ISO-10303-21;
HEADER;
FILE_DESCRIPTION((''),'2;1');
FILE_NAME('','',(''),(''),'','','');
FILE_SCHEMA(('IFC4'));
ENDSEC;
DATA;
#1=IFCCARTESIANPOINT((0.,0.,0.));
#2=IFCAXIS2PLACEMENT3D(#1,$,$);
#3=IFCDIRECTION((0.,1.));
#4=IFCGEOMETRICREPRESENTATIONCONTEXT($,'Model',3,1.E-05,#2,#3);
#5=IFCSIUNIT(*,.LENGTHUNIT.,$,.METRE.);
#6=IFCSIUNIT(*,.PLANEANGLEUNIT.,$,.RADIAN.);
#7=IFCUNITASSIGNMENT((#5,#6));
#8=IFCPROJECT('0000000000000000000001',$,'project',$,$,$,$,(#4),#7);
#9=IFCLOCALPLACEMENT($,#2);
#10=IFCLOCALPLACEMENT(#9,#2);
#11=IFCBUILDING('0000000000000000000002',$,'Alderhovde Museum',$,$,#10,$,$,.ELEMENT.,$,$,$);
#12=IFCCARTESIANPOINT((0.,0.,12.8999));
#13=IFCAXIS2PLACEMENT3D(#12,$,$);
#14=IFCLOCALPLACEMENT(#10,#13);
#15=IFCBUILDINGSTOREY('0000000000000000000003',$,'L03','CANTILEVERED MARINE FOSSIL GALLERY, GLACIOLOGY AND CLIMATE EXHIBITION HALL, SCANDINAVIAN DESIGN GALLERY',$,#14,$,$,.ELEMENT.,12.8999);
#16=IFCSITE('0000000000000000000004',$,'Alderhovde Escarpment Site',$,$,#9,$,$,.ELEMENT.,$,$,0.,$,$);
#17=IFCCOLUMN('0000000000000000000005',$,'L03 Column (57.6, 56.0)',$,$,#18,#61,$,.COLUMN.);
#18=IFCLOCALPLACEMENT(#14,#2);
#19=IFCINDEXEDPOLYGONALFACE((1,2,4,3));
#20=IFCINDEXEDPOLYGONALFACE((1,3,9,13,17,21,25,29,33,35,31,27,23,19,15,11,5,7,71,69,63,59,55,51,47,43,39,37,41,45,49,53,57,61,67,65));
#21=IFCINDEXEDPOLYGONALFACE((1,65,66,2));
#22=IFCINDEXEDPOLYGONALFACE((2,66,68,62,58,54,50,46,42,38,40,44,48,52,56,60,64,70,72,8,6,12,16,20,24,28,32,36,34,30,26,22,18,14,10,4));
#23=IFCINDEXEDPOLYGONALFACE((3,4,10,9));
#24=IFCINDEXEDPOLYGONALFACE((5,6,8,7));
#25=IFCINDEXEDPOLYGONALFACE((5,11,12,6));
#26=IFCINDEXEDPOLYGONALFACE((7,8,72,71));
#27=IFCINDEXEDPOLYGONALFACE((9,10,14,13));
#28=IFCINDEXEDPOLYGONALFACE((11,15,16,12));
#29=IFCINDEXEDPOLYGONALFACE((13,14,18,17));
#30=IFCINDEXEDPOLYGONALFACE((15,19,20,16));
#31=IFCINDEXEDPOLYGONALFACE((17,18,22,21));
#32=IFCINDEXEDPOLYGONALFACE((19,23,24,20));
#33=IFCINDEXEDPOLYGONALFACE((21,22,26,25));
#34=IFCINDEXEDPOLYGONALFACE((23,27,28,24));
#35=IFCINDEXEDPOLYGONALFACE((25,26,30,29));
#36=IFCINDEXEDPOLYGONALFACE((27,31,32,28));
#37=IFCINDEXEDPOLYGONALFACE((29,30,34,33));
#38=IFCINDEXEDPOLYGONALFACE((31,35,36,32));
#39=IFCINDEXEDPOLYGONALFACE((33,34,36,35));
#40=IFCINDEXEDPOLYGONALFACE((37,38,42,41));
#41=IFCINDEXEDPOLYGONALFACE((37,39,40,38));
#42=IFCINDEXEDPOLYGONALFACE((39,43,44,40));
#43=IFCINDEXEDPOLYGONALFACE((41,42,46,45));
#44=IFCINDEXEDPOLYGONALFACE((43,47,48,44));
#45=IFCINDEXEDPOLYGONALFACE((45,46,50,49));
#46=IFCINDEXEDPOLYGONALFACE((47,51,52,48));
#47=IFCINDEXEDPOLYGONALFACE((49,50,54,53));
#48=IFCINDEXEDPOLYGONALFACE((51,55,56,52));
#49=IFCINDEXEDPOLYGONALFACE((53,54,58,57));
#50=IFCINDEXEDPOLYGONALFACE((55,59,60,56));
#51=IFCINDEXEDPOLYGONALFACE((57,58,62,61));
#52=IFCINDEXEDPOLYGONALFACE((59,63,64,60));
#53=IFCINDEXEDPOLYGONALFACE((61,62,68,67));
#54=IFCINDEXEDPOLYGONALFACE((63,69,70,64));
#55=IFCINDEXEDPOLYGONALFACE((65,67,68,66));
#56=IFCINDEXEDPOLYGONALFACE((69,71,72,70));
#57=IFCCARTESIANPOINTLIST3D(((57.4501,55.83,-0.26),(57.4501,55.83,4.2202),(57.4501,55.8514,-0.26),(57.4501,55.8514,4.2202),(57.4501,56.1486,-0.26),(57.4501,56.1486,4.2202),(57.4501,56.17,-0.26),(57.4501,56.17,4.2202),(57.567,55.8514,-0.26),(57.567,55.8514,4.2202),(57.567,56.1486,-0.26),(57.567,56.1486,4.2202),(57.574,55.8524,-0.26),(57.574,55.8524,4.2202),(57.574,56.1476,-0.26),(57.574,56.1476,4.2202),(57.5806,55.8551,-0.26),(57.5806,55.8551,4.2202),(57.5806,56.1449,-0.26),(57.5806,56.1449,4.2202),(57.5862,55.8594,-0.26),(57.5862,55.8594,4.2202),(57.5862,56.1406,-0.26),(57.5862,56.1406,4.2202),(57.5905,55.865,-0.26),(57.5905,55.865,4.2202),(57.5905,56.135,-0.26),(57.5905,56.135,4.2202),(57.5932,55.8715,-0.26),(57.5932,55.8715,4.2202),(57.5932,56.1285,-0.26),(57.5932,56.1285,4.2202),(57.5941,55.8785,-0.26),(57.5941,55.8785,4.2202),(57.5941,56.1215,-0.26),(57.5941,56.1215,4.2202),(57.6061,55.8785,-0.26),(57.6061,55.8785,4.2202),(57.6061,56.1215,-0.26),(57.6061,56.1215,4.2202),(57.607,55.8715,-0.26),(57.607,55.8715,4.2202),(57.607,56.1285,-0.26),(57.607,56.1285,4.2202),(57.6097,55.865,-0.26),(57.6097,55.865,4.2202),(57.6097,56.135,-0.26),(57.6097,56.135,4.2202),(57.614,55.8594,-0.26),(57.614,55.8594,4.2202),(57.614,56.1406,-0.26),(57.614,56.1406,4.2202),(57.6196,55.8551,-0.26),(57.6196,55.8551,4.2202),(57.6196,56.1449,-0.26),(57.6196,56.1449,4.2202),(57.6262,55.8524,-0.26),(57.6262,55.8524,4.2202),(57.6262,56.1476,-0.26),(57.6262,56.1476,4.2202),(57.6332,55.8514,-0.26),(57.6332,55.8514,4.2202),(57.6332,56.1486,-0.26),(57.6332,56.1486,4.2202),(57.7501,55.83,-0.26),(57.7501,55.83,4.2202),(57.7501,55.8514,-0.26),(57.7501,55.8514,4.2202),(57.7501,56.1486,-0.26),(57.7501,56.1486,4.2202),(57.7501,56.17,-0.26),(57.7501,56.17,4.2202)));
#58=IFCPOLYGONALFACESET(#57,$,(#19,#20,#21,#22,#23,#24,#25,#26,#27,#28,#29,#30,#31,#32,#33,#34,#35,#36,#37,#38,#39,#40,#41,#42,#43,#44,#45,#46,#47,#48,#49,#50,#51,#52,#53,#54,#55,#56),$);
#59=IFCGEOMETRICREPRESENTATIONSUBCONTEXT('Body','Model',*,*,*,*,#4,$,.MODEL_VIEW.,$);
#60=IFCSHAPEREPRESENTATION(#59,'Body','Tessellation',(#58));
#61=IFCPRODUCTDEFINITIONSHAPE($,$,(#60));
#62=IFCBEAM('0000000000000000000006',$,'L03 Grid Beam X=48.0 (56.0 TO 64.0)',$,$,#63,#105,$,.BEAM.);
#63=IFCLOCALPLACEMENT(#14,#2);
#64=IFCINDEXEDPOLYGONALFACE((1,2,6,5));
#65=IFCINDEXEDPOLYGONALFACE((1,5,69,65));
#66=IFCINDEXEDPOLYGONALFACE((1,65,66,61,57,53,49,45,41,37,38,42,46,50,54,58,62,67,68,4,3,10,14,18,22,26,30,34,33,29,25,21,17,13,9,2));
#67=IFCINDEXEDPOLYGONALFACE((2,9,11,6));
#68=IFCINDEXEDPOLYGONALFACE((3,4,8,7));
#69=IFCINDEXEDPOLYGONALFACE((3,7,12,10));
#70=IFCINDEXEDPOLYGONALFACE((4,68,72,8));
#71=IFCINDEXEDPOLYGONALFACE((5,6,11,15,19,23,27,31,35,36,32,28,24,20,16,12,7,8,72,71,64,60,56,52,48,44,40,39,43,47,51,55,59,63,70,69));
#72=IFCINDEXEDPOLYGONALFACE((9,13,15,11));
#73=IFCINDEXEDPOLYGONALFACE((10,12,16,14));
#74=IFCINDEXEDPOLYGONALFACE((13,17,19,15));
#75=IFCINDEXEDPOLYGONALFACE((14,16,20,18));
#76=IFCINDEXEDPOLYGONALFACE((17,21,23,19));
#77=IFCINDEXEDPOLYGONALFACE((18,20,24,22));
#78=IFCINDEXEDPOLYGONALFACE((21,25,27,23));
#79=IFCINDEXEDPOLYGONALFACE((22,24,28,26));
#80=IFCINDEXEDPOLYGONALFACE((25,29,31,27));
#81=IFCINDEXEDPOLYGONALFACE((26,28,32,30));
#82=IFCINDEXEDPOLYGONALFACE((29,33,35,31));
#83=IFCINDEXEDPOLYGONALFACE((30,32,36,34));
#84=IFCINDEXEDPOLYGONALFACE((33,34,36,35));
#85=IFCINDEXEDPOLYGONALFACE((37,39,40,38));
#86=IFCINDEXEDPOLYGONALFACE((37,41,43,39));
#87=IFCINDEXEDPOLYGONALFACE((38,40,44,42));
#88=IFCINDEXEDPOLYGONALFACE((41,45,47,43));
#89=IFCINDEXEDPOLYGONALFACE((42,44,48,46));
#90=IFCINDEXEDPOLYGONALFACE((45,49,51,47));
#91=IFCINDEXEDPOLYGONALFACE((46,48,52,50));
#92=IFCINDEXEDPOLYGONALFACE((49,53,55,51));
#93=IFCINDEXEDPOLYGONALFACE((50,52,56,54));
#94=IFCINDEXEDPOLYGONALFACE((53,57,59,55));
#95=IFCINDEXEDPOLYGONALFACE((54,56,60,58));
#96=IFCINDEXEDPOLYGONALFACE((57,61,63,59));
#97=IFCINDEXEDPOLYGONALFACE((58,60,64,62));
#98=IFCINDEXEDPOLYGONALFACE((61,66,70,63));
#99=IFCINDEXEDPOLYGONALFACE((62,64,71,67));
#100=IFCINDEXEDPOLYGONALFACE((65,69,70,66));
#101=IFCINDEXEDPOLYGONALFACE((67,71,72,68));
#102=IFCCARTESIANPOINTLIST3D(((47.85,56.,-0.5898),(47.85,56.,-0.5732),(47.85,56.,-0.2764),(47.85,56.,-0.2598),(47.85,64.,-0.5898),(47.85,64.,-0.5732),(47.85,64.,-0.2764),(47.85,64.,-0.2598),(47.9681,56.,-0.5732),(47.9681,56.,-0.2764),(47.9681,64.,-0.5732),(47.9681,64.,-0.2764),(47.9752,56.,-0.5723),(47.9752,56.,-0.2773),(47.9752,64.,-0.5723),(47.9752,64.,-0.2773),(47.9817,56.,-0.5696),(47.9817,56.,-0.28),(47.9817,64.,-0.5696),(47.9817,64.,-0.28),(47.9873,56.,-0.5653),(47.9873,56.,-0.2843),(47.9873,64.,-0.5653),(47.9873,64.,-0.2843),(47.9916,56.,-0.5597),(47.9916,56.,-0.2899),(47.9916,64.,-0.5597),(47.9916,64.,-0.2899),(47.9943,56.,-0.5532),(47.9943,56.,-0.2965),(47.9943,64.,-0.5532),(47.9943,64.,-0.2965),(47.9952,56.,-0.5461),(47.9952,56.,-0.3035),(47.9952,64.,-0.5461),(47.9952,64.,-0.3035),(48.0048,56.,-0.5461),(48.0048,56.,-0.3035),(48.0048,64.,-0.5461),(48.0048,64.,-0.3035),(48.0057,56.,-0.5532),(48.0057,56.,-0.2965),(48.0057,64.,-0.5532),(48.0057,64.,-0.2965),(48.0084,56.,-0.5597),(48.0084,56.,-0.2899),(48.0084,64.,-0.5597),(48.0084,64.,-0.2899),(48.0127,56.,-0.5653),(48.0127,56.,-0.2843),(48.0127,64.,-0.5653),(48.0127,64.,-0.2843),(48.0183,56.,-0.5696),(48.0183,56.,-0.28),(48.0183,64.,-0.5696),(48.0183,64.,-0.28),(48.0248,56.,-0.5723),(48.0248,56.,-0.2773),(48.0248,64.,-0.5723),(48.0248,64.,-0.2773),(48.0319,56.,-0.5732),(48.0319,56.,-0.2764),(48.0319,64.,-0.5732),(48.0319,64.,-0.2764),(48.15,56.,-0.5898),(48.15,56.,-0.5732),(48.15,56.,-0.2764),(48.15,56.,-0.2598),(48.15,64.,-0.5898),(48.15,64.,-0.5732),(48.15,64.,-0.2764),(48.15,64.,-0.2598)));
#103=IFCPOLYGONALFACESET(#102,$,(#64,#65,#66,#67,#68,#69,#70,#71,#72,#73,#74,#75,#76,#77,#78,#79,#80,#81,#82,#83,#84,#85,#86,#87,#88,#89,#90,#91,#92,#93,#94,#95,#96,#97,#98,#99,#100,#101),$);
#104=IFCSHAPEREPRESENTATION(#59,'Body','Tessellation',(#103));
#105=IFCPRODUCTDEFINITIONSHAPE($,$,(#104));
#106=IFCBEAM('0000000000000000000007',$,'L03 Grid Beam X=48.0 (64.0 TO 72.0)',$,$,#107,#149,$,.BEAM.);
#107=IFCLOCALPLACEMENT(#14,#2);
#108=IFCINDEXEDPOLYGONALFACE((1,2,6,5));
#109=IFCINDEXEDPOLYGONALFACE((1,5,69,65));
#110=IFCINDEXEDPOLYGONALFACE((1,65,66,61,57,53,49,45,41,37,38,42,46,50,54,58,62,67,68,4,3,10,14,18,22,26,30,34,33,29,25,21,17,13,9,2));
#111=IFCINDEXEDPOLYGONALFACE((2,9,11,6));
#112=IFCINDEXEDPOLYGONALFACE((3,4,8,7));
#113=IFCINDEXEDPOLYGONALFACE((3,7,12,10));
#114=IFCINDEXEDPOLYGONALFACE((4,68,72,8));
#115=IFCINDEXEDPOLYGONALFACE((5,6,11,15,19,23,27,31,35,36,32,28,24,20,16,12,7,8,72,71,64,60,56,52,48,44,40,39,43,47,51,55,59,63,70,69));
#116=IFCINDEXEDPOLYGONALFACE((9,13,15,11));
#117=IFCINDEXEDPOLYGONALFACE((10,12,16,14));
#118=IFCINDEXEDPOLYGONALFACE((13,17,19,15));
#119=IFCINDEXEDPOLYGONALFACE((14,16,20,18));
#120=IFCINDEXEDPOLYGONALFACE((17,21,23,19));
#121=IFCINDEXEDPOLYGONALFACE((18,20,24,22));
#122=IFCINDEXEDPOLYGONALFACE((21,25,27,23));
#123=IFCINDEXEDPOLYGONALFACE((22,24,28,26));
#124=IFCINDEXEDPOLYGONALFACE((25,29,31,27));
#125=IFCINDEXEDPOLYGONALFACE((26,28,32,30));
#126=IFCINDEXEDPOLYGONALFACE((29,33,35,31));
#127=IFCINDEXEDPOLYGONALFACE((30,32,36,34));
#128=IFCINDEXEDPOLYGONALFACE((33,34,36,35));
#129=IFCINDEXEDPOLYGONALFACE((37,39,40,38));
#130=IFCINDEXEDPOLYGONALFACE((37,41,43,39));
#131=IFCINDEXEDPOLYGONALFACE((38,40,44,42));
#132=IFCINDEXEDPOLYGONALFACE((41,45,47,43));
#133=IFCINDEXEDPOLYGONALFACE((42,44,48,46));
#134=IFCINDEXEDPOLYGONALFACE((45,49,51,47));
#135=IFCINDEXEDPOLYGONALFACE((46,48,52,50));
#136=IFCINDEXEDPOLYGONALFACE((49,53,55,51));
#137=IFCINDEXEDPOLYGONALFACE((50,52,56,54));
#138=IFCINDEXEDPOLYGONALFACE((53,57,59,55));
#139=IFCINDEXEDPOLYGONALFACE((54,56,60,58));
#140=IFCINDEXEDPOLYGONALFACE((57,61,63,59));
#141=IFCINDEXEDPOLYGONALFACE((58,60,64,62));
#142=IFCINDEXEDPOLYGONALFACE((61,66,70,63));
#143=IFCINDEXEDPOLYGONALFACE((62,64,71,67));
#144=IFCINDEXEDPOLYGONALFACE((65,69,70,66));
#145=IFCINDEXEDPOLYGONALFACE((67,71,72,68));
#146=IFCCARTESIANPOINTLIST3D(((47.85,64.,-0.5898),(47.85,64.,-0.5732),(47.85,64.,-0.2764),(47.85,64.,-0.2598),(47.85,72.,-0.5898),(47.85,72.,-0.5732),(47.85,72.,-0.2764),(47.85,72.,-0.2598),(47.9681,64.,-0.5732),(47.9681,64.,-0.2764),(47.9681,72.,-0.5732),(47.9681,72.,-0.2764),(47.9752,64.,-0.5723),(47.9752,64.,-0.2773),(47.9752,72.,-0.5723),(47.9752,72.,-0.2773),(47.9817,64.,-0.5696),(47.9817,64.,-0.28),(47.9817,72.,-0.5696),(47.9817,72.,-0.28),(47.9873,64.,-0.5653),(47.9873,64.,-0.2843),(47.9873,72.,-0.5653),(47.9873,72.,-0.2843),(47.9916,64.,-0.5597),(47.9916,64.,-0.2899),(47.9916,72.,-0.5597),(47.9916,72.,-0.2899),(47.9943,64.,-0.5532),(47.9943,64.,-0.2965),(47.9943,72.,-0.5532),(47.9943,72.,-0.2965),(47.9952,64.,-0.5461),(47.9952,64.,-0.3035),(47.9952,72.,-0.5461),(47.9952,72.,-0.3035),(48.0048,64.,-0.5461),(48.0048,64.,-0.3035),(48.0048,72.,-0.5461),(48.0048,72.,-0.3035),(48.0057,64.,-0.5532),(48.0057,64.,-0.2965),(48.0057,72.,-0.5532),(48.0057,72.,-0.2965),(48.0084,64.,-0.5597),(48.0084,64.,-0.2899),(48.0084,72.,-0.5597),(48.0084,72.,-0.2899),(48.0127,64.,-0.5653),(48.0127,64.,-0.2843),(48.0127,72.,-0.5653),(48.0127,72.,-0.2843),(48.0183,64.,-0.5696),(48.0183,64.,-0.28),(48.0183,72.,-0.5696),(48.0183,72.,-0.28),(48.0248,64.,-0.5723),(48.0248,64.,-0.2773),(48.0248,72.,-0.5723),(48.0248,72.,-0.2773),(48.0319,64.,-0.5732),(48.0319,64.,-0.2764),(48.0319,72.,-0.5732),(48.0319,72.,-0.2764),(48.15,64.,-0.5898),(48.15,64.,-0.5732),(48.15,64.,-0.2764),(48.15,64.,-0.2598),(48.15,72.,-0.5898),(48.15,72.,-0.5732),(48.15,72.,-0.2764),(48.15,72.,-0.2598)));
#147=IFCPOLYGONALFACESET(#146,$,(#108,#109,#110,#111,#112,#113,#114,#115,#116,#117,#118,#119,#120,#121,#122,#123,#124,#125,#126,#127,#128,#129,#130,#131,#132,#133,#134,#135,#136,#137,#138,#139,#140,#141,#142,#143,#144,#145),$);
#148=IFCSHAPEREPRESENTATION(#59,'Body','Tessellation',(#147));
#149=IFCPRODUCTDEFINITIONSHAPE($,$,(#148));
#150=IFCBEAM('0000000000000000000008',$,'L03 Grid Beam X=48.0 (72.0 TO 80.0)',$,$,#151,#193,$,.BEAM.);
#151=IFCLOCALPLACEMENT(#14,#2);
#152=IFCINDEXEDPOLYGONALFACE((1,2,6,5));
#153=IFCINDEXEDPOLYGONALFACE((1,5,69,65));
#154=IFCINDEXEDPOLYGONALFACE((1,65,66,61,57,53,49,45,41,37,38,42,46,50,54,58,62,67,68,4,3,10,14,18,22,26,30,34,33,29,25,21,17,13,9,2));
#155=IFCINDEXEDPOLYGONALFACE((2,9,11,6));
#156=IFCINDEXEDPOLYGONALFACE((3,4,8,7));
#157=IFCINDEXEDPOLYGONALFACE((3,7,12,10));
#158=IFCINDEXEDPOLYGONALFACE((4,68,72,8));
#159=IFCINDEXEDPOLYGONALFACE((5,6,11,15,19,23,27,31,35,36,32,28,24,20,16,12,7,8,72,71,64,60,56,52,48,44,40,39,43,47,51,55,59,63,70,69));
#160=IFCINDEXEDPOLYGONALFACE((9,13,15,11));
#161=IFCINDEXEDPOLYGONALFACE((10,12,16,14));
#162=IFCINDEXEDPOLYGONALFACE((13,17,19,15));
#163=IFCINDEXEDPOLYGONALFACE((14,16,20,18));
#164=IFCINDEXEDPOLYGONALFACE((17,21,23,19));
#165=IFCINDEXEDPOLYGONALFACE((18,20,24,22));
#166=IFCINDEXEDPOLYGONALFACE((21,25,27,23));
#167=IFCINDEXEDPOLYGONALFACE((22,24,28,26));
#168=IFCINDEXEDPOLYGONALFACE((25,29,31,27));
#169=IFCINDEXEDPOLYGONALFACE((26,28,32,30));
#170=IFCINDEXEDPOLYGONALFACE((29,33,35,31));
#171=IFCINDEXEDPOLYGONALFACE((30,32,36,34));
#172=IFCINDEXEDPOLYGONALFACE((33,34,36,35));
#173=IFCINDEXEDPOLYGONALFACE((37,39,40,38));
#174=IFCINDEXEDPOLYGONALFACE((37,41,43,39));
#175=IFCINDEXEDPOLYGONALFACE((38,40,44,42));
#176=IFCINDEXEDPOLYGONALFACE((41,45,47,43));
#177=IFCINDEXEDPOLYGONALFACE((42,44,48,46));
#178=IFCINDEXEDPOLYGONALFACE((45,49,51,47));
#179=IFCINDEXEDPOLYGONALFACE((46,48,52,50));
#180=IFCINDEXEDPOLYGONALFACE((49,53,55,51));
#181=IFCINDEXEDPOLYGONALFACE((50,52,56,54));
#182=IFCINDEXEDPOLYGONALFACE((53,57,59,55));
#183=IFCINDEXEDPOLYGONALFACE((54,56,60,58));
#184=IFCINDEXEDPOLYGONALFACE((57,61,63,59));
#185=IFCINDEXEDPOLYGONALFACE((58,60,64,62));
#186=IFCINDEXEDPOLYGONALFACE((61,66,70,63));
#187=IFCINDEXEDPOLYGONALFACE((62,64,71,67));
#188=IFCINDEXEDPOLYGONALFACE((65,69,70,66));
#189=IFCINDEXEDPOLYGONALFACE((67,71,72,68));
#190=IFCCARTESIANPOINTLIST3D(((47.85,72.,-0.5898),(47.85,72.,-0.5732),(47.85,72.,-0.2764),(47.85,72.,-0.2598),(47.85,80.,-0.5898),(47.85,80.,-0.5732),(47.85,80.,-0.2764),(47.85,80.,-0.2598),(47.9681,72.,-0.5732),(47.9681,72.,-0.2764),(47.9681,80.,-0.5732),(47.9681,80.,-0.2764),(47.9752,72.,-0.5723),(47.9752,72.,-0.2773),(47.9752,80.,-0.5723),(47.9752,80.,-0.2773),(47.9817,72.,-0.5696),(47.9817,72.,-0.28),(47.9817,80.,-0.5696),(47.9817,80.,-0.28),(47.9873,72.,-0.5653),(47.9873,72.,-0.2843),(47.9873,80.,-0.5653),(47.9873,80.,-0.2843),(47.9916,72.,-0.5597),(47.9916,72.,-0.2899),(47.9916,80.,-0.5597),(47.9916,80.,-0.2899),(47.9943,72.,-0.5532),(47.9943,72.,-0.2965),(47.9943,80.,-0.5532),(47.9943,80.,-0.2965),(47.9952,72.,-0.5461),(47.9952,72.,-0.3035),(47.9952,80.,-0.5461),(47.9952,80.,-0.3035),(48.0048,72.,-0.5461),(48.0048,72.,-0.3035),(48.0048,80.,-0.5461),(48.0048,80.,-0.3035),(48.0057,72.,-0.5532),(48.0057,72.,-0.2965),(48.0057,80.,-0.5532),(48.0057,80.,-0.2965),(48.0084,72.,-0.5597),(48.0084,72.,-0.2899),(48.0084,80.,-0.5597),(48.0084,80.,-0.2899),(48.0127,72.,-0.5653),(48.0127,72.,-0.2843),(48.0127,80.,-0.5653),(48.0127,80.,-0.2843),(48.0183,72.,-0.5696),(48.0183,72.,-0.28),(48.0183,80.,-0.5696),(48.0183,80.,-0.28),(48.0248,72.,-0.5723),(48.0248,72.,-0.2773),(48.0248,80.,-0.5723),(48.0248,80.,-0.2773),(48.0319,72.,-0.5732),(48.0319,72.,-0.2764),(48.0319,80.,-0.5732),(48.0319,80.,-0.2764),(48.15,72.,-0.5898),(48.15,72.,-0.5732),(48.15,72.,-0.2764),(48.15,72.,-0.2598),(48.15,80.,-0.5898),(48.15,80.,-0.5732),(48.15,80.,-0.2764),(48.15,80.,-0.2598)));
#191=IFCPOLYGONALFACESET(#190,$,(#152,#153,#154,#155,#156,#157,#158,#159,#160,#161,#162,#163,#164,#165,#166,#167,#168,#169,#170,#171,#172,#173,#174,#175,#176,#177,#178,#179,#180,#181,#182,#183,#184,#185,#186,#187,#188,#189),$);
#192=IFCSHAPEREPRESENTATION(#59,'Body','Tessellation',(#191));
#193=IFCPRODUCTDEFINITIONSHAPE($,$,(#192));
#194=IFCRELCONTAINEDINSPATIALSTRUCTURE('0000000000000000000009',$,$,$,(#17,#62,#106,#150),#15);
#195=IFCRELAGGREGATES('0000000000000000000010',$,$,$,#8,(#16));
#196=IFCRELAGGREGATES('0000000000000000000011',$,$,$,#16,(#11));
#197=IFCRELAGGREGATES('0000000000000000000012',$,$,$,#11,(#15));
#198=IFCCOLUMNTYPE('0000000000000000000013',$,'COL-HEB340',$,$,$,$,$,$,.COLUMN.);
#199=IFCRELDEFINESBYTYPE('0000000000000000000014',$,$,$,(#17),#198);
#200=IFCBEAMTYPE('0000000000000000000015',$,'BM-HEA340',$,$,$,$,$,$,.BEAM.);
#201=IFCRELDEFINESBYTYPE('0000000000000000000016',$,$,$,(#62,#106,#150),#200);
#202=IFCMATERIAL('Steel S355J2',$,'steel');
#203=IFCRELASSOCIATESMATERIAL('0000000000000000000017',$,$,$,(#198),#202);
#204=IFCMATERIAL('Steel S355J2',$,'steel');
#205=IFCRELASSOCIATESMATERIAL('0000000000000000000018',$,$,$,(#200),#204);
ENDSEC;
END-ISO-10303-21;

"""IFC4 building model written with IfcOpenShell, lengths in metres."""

from ifc_helpers import new_model, si_unit, direction, frame, origin, origin_2d, place, context, subcontext, project, spatial, i_section, extrude, material, material_profile, profile_set, type_object, element, save


model = new_model("IFC4")

# Units and contexts
model_context = context("Model", 3, precision=1e-05, world=origin(), true_north=direction((0.0, 1.0)))
body_context = subcontext(model_context, "Body", "Model", "MODEL_VIEW")
ifc_project = project(units=[si_unit("LENGTHUNIT", "METRE"), si_unit("PLANEANGLEUNIT", "RADIAN")], contexts=[model_context])

# Site, building, storey
site_placement = place(None, origin())
site = spatial("IfcSite", under=ifc_project, at=site_placement, Name="Alderhovde Escarpment Site", CompositionType="ELEMENT", RefElevation=0.0)
building_placement = place(site_placement, origin())
building = spatial("IfcBuilding", under=site, at=building_placement, Name="Alderhovde Museum", CompositionType="ELEMENT")
storey_placement = place(building_placement, frame((0.0, 0.0, 12.8999)))
storey = spatial("IfcBuildingStorey", under=building, at=storey_placement, Name="L03", Description="CANTILEVERED MARINE FOSSIL GALLERY, GLACIOLOGY AND CLIMATE EXHIBITION HALL, SCANDINAVIAN DESIGN GALLERY", CompositionType="ELEMENT", Elevation=12.8999)

# Column
ifc_material_1 = material(Name="Steel S355J2", Category="steel")
ifc_material_profile_1 = material_profile(ifc_material_1, i_section(OverallWidth=0.3, OverallDepth=0.3401, WebThickness=0.012, FlangeThickness=0.0215, FilletRadius=0.0271, at=origin_2d()), Name="HEB 340")
ifc_profile_set_1 = profile_set([ifc_material_profile_1], Name="Steel S355J2")
column_type_1 = type_object("IfcColumnType", Name="COL-HEB340", PredefinedType="COLUMN", material=ifc_profile_set_1)
for number, where, z_axis, x_axis, name in (
    (1, (57.6001, 56.0, -0.26), (0.0, 0.0, 1.0), (1.0, 0.0, 0.0), "L03 Column (57.6, 56.0)"),
):
    element("IfcColumn", number, at=place(storey_placement, frame(where, z_axis=z_axis, x_axis=x_axis)), inside=storey, type_object=column_type_1, Name=name, PredefinedType="COLUMN", context=body_context, shape_type="SweptSolid", body=[
        extrude(i_section(OverallWidth=0.3, OverallDepth=0.3401, WebThickness=0.012, FlangeThickness=0.0215, FilletRadius=0.0271, at=origin_2d()), origin(), (0.0, 0.0, 1.0), 4.4802),
    ])

# Beams
ifc_material_2 = material(Name="Steel S355J2", Category="steel")
ifc_material_profile_2 = material_profile(ifc_material_2, i_section(OverallWidth=0.3, OverallDepth=0.3301, WebThickness=0.0095, FlangeThickness=0.0166, FilletRadius=0.0271, at=origin_2d()), Name="HEA 340")
ifc_profile_set_2 = profile_set([ifc_material_profile_2], Name="Steel S355J2")
beam_type_1 = type_object("IfcBeamType", Name="BM-HEA340", PredefinedType="BEAM", material=ifc_profile_set_2)
for number, where, z_axis, x_axis, name in (
    (2, (48.0, 56.0, -0.4248), (0.0, 1.0, 0.0), (-1.0, 0.0, 0.0), "L03 Grid Beam X=48.0 (56.0 TO 64.0)"),
    (3, (48.0, 64.0, -0.4248), (0.0, 1.0, 0.0), (-1.0, 0.0, 0.0), "L03 Grid Beam X=48.0 (64.0 TO 72.0)"),
    (4, (48.0, 72.0, -0.4248), (0.0, 1.0, 0.0), (-1.0, 0.0, 0.0), "L03 Grid Beam X=48.0 (72.0 TO 80.0)"),
):
    element("IfcBeam", number, at=place(storey_placement, frame(where, z_axis=z_axis, x_axis=x_axis)), inside=storey, type_object=beam_type_1, Name=name, PredefinedType="BEAM", context=body_context, shape_type="SweptSolid", body=[
        extrude(i_section(OverallWidth=0.3, OverallDepth=0.3301, WebThickness=0.0095, FlangeThickness=0.0166, FilletRadius=0.0271, at=origin_2d()), origin(), (0.0, 0.0, 1.0), 8.0),
    ])

save(model, "model.ifc")
